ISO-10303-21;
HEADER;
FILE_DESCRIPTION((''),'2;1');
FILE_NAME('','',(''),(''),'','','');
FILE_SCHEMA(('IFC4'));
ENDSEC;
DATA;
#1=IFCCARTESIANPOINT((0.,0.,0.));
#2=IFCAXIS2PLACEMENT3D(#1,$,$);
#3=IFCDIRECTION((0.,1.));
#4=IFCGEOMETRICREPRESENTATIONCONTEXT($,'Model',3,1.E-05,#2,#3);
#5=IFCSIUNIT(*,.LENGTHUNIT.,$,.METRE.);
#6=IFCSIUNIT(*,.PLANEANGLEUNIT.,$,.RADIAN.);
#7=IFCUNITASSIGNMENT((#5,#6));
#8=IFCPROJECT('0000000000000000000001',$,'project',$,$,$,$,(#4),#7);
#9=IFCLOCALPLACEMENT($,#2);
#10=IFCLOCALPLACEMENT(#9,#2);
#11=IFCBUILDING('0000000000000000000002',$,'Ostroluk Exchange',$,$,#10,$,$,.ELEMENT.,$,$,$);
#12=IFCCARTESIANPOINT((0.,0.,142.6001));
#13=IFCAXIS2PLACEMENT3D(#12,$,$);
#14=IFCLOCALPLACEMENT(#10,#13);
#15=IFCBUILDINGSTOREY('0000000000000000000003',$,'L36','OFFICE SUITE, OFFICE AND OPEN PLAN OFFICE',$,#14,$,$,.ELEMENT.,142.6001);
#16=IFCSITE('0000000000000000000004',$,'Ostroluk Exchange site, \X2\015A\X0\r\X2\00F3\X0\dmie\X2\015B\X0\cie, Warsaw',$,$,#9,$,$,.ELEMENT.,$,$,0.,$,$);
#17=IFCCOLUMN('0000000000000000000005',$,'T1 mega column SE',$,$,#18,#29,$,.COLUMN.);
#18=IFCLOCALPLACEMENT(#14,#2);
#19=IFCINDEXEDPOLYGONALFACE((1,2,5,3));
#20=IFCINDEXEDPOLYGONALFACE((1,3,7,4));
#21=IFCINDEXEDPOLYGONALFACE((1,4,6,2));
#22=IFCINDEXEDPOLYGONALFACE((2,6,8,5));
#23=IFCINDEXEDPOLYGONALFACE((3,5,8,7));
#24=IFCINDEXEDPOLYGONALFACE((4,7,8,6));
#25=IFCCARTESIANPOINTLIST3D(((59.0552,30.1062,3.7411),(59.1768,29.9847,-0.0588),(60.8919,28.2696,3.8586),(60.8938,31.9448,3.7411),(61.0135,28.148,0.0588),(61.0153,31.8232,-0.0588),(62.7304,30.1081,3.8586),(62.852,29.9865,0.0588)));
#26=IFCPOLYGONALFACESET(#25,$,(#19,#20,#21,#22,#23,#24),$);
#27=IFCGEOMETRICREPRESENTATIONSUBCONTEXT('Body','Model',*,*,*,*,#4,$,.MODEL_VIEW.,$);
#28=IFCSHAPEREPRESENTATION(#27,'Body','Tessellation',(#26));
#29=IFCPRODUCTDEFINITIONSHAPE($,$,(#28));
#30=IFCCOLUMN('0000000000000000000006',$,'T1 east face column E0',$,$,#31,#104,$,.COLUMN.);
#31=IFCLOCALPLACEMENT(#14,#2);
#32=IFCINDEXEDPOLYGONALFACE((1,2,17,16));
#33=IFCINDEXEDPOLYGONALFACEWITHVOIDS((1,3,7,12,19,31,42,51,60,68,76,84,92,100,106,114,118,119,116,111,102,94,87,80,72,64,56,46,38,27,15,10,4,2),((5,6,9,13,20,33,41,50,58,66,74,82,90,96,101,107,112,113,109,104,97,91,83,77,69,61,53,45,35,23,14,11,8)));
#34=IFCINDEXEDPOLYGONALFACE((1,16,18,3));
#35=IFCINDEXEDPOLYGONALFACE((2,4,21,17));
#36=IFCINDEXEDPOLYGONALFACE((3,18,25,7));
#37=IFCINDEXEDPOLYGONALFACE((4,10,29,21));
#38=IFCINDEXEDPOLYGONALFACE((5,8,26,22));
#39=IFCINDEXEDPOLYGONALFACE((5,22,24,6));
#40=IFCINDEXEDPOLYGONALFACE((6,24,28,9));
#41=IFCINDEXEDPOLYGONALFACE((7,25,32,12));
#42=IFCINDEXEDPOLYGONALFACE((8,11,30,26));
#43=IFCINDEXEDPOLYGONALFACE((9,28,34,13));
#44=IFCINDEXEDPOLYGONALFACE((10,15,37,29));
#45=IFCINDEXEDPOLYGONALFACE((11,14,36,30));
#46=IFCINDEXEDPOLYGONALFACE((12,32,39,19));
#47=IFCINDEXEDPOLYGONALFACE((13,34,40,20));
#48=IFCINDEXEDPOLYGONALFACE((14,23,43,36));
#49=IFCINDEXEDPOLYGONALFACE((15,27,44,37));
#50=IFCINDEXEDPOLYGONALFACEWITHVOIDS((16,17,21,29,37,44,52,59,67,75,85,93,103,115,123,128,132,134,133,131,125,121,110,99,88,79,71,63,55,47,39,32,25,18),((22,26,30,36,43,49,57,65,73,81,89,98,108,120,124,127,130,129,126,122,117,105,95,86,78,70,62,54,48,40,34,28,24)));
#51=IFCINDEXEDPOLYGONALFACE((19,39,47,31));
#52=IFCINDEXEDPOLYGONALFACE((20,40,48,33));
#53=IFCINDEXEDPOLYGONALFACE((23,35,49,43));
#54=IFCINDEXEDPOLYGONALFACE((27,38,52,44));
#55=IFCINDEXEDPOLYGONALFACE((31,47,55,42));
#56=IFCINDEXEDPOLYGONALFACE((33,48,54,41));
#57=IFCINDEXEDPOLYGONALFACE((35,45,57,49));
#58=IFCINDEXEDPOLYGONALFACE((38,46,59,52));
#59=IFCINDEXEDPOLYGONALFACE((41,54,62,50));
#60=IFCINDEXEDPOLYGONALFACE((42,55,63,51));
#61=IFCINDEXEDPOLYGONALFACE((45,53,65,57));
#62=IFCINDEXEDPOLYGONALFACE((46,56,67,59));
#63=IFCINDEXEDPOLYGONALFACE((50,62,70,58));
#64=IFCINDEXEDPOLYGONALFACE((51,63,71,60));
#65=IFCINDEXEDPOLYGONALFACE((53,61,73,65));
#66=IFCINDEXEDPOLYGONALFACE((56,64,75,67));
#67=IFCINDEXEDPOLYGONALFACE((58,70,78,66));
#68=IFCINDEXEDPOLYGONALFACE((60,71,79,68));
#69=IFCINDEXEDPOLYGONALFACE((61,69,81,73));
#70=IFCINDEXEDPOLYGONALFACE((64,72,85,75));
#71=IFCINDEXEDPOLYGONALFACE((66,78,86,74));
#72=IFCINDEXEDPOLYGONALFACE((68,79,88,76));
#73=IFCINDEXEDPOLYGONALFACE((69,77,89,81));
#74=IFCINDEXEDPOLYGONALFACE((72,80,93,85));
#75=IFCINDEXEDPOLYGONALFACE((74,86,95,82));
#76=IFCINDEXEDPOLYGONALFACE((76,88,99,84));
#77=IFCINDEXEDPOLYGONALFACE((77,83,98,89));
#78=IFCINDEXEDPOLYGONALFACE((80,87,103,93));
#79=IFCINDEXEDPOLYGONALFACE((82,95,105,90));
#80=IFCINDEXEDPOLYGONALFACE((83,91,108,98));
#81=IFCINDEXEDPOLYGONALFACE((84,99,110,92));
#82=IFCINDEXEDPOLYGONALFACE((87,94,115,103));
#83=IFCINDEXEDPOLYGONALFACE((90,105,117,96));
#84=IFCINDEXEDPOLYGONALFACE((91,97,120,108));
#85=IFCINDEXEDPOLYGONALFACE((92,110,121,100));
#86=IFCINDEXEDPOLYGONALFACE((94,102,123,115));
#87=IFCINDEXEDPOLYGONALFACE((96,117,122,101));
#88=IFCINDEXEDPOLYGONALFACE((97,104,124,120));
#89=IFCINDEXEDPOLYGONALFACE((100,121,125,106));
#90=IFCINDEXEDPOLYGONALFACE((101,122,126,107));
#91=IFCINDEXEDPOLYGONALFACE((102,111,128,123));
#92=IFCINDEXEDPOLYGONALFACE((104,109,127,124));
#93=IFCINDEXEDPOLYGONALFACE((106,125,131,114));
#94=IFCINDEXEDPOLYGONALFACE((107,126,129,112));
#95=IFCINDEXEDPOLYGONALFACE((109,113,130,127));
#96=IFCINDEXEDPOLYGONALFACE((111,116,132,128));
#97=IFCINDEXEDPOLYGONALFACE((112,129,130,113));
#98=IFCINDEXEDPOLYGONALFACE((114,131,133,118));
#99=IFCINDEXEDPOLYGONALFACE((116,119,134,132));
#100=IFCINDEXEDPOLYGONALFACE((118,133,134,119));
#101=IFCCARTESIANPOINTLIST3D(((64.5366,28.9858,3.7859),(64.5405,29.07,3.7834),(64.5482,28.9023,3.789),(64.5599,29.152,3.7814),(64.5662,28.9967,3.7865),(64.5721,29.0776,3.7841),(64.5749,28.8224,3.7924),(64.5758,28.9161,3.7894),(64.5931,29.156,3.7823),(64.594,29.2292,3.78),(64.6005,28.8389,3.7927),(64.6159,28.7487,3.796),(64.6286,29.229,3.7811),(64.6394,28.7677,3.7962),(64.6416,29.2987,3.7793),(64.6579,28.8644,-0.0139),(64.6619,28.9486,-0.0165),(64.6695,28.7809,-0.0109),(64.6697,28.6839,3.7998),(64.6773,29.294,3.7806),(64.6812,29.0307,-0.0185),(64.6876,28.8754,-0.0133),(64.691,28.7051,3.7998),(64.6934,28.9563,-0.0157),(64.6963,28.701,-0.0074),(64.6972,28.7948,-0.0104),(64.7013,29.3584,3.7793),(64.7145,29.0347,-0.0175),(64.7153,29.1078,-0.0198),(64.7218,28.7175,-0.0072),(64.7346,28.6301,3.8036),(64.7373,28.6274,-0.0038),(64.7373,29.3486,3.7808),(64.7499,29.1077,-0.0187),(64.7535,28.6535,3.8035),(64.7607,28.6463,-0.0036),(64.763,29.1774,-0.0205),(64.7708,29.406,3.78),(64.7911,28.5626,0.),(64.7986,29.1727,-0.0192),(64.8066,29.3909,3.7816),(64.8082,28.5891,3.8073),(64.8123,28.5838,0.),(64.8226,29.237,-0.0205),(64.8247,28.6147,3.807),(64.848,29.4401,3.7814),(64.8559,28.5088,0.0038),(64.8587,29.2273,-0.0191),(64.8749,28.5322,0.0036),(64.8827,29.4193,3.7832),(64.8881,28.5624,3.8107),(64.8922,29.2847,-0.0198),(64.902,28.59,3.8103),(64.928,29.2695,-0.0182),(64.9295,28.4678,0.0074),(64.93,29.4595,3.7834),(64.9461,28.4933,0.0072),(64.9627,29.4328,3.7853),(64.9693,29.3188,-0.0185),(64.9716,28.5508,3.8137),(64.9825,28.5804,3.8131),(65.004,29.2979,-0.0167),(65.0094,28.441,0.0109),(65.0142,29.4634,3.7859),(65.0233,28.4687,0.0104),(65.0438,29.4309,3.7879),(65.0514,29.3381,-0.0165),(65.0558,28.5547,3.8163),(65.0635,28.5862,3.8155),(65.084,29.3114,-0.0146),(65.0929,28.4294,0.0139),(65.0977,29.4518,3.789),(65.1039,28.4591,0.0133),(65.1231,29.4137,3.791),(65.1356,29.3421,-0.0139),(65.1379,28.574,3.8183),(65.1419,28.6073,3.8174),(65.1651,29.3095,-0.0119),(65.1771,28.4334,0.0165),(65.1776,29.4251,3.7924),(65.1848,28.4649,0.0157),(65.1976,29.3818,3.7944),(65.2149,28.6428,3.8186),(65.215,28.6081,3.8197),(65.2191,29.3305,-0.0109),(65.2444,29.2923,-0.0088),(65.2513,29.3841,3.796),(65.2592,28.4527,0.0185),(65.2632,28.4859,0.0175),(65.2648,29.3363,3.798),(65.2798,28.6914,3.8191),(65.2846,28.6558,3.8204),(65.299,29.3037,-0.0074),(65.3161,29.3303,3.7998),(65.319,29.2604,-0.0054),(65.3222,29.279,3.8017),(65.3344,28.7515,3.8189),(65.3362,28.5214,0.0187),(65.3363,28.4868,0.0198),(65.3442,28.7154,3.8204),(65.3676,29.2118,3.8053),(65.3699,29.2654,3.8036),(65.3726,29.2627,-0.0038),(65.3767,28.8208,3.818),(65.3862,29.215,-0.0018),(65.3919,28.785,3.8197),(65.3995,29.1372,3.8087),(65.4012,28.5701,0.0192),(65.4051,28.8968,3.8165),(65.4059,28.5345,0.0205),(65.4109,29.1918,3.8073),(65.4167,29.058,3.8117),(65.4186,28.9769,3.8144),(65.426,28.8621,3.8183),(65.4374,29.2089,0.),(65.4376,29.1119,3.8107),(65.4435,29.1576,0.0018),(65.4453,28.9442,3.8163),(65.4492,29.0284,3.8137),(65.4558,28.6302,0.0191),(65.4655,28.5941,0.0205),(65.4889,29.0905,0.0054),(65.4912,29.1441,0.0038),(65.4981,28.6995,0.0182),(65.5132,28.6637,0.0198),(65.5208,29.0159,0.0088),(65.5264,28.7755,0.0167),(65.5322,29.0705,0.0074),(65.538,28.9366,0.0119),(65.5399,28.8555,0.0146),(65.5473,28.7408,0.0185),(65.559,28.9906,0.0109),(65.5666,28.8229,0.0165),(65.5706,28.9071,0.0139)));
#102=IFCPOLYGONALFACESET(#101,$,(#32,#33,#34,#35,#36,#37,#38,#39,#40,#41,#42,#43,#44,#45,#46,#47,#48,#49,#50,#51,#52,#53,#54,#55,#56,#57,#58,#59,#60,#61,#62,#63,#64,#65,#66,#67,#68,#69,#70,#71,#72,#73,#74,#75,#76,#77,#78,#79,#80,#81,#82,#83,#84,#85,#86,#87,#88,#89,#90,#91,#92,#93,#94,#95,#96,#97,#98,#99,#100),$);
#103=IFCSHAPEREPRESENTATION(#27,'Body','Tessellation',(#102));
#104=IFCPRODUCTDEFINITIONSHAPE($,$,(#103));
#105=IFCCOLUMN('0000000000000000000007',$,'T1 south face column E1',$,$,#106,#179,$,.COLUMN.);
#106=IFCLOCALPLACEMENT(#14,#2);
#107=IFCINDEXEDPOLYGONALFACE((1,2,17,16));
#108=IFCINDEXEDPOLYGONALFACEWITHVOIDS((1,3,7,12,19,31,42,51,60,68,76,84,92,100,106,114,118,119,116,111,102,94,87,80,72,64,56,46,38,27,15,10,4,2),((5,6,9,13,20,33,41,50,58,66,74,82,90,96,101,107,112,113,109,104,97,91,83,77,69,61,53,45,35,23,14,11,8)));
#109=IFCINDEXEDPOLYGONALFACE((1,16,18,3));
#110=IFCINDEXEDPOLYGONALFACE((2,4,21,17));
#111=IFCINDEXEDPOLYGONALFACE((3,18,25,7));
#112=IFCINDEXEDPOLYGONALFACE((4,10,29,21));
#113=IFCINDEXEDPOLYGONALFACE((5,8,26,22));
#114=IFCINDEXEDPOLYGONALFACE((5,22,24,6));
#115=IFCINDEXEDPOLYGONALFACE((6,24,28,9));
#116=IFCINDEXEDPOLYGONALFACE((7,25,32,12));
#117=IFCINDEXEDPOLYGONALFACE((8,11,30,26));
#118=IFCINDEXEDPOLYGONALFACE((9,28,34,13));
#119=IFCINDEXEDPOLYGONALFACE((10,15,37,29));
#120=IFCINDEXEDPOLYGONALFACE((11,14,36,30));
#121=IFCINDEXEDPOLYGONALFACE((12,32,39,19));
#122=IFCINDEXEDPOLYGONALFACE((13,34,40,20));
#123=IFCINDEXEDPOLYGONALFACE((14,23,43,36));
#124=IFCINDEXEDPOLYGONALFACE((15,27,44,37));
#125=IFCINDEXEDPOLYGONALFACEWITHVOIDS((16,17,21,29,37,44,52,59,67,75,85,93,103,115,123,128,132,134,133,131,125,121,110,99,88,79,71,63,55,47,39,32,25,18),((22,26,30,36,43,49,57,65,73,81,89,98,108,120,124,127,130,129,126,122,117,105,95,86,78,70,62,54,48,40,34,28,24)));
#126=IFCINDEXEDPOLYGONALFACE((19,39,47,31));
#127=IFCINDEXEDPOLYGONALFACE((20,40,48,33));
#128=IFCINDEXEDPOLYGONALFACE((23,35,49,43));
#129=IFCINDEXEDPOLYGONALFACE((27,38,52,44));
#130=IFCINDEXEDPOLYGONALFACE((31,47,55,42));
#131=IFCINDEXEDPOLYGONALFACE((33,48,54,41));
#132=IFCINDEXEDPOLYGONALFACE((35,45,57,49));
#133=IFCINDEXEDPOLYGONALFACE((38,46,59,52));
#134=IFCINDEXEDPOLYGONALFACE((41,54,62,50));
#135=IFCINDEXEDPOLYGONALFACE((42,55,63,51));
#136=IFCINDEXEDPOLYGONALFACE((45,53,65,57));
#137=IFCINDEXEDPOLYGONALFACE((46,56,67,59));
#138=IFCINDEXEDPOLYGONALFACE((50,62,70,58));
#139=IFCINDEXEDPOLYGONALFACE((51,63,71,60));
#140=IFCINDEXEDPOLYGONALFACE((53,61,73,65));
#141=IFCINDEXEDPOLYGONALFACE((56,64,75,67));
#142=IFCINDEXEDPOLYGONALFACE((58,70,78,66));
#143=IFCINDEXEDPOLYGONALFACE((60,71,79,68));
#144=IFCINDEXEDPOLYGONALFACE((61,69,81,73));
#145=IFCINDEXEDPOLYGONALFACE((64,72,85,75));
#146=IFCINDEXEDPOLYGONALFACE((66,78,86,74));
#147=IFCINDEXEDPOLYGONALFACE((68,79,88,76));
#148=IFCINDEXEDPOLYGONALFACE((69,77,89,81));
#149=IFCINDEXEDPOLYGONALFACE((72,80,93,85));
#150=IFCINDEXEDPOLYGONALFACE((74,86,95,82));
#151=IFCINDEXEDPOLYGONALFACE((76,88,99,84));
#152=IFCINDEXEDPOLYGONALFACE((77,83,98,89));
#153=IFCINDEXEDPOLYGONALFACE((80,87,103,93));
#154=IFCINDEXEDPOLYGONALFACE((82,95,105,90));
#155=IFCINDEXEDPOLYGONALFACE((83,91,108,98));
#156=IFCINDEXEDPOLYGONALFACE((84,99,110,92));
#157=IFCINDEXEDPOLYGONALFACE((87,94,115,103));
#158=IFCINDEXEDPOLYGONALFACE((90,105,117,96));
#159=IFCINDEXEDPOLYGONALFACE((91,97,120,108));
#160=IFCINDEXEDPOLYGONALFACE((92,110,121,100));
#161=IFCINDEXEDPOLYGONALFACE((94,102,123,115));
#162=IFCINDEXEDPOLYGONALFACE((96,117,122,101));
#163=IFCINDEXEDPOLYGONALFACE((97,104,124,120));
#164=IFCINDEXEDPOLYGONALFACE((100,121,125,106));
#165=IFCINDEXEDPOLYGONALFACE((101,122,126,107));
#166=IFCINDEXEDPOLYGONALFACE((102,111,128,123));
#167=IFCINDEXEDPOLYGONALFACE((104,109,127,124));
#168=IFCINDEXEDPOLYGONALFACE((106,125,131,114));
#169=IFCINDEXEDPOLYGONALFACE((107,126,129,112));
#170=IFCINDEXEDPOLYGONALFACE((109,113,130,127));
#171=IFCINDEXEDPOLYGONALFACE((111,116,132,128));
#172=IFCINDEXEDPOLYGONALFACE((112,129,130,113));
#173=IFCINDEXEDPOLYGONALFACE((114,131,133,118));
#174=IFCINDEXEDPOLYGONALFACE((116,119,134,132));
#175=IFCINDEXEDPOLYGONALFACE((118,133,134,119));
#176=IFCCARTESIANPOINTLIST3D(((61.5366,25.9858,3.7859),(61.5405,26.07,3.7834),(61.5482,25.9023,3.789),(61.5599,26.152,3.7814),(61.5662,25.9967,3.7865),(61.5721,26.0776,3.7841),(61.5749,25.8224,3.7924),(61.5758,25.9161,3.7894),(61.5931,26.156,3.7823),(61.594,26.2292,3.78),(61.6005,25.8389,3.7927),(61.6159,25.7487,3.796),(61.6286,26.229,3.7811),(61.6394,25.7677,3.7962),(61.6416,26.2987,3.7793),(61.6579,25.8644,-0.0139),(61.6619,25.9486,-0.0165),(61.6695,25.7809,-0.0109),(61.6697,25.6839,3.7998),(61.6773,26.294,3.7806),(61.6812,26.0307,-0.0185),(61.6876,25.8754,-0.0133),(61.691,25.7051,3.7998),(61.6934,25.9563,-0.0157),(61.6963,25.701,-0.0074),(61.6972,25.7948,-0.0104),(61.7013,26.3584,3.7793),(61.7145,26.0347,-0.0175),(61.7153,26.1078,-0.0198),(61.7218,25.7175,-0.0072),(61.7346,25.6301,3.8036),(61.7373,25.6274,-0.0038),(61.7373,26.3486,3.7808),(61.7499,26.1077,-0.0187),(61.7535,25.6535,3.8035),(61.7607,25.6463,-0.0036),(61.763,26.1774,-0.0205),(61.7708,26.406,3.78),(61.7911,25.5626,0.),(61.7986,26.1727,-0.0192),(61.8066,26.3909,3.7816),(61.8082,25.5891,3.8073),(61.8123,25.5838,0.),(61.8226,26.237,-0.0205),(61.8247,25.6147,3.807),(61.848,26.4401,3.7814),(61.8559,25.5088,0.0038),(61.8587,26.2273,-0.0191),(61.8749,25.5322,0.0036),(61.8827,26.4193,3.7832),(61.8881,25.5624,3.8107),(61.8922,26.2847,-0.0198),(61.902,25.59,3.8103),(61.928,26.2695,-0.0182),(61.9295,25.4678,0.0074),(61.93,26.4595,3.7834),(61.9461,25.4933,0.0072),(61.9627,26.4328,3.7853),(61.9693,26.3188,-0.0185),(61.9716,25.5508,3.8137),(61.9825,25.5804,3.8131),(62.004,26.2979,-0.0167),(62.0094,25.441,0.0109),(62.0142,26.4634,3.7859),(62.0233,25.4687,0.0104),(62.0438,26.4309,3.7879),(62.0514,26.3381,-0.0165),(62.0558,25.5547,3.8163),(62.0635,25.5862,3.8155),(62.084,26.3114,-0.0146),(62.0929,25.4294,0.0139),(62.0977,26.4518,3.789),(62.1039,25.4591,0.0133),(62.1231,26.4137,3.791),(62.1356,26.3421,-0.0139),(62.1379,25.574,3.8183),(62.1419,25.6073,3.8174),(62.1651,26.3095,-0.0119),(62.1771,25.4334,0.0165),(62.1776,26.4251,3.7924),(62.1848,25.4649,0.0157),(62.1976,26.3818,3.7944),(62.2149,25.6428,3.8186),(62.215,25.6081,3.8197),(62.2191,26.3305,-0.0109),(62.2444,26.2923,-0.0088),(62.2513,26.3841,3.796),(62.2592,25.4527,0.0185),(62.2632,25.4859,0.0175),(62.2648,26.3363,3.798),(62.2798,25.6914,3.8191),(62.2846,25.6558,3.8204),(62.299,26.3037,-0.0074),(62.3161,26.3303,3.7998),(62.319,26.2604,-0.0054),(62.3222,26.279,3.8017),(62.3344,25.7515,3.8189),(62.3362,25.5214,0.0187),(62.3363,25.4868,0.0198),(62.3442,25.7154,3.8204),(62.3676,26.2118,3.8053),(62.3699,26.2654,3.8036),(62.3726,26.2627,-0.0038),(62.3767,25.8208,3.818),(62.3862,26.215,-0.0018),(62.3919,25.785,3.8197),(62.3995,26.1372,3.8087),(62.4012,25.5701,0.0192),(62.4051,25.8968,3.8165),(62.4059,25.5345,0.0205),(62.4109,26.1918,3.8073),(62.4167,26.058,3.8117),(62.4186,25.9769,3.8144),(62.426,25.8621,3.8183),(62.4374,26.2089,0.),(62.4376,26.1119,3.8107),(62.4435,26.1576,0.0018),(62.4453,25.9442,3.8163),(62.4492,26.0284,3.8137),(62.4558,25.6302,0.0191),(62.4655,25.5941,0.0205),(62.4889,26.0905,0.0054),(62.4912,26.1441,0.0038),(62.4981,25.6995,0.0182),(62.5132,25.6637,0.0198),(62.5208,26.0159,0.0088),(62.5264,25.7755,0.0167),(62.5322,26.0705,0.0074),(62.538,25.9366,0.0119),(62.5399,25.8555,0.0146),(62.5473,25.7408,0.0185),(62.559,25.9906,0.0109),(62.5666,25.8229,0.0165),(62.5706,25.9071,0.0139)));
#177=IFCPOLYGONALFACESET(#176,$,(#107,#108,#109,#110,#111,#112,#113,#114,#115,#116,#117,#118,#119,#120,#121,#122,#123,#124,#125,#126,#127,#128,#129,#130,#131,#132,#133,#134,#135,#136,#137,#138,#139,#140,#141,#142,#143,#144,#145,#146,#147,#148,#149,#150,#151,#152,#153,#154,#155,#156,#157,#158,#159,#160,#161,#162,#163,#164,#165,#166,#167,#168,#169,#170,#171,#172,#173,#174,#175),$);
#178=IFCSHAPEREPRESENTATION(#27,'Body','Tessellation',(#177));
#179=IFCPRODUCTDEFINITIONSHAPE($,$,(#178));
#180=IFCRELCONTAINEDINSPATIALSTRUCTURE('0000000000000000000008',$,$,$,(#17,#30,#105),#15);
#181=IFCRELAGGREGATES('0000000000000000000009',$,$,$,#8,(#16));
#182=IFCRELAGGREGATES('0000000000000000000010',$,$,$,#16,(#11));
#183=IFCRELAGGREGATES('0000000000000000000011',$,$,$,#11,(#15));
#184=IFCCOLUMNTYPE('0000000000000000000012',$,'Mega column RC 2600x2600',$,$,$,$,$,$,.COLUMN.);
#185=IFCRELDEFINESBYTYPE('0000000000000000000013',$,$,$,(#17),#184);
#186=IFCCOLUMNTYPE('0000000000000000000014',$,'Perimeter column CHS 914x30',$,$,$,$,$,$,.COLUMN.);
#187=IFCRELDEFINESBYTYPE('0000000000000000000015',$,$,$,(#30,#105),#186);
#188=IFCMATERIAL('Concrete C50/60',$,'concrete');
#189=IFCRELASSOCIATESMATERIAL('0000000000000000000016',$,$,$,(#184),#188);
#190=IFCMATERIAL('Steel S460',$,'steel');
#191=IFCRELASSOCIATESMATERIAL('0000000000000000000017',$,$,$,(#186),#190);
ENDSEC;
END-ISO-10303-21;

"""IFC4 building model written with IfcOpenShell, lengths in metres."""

from ifc_helpers import new_model, si_unit, direction, frame, origin, origin_2d, place, context, subcontext, project, spatial, rectangle, hollow_circle, extrude, material, material_profile, profile_set, type_object, element, save


model = new_model("IFC4")

# Units and contexts
model_context = context("Model", 3, precision=1e-05, world=origin(), true_north=direction((0.0, 1.0)))
body_context = subcontext(model_context, "Body", "Model", "MODEL_VIEW")
ifc_project = project(units=[si_unit("LENGTHUNIT", "METRE"), si_unit("PLANEANGLEUNIT", "RADIAN")], contexts=[model_context])

# Site, building, storey
site_placement = place(None, origin())
site = spatial("IfcSite", under=ifc_project, at=site_placement, Name="Ostroluk Exchange site, Śródmieście, Warsaw", CompositionType="ELEMENT", RefElevation=0.0)
building_placement = place(site_placement, origin())
building = spatial("IfcBuilding", under=site, at=building_placement, Name="Ostroluk Exchange", CompositionType="ELEMENT")
storey_placement = place(building_placement, frame((0.0, 0.0, 142.6001)))
storey = spatial("IfcBuildingStorey", under=building, at=storey_placement, Name="L36", Description="OFFICE SUITE, OFFICE AND OPEN PLAN OFFICE", CompositionType="ELEMENT", Elevation=142.6001)

# Columns
ifc_material_1 = material(Name="Concrete C50/60", Category="concrete")
ifc_material_profile_1 = material_profile(ifc_material_1, rectangle(XDim=2.6001, YDim=2.6001, at=origin_2d()), Name="RC 2600x2600")
ifc_profile_set_1 = profile_set([ifc_material_profile_1], Name="Concrete C50/60")
column_type_1 = type_object("IfcColumnType", Name="Mega column RC 2600x2600", PredefinedType="COLUMN", material=ifc_profile_set_1)
column_placement = place(storey_placement, frame((61.0144, 29.9856, 0.0), z_axis=(-0.031964, 0.031964, 0.998978), x_axis=(-0.707107, -0.707107, 0.0)))
element("IfcColumn", 1, at=column_placement, inside=storey, type_object=column_type_1, Name="T1 mega column SE", PredefinedType="COLUMN", context=body_context, shape_type="SweptSolid", body=[
    extrude(rectangle(XDim=2.6001, YDim=2.6001, at=origin_2d()), origin(), (0.0, 0.0, 1.0), 3.8037),
])
ifc_material_2 = material(Name="Steel S460", Category="steel")
ifc_material_profile_2 = material_profile(ifc_material_2, hollow_circle(Radius=0.457, WallThickness=0.03, at=origin_2d()), Name="CHS 914x30")
ifc_profile_set_2 = profile_set([ifc_material_profile_2], Name="Steel S460")
column_type_2 = type_object("IfcColumnType", Name="Perimeter column CHS 914x30", PredefinedType="COLUMN", material=ifc_profile_set_2)
for number, where, z_axis, x_axis, name in (
    (2, (65.1143, 28.8857, 0.0), (-0.0319, 0.0319, 0.998982), (-0.707107, -0.707107, 0.0), "T1 east face column E0"),
    (3, (62.1143, 25.8857, 0.0), (-0.0319, 0.0319, 0.998982), (-0.707107, -0.707107, 0.0), "T1 south face column E1"),
):
    element("IfcColumn", number, at=place(storey_placement, frame(where, z_axis=z_axis, x_axis=x_axis)), inside=storey, type_object=column_type_2, Name=name, PredefinedType="COLUMN", context=body_context, shape_type="SweptSolid", body=[
        extrude(hollow_circle(Radius=0.457, WallThickness=0.03, at=origin_2d()), origin(), (0.0, 0.0, 1.0), 3.8037),
    ])

save(model, "model.ifc")
